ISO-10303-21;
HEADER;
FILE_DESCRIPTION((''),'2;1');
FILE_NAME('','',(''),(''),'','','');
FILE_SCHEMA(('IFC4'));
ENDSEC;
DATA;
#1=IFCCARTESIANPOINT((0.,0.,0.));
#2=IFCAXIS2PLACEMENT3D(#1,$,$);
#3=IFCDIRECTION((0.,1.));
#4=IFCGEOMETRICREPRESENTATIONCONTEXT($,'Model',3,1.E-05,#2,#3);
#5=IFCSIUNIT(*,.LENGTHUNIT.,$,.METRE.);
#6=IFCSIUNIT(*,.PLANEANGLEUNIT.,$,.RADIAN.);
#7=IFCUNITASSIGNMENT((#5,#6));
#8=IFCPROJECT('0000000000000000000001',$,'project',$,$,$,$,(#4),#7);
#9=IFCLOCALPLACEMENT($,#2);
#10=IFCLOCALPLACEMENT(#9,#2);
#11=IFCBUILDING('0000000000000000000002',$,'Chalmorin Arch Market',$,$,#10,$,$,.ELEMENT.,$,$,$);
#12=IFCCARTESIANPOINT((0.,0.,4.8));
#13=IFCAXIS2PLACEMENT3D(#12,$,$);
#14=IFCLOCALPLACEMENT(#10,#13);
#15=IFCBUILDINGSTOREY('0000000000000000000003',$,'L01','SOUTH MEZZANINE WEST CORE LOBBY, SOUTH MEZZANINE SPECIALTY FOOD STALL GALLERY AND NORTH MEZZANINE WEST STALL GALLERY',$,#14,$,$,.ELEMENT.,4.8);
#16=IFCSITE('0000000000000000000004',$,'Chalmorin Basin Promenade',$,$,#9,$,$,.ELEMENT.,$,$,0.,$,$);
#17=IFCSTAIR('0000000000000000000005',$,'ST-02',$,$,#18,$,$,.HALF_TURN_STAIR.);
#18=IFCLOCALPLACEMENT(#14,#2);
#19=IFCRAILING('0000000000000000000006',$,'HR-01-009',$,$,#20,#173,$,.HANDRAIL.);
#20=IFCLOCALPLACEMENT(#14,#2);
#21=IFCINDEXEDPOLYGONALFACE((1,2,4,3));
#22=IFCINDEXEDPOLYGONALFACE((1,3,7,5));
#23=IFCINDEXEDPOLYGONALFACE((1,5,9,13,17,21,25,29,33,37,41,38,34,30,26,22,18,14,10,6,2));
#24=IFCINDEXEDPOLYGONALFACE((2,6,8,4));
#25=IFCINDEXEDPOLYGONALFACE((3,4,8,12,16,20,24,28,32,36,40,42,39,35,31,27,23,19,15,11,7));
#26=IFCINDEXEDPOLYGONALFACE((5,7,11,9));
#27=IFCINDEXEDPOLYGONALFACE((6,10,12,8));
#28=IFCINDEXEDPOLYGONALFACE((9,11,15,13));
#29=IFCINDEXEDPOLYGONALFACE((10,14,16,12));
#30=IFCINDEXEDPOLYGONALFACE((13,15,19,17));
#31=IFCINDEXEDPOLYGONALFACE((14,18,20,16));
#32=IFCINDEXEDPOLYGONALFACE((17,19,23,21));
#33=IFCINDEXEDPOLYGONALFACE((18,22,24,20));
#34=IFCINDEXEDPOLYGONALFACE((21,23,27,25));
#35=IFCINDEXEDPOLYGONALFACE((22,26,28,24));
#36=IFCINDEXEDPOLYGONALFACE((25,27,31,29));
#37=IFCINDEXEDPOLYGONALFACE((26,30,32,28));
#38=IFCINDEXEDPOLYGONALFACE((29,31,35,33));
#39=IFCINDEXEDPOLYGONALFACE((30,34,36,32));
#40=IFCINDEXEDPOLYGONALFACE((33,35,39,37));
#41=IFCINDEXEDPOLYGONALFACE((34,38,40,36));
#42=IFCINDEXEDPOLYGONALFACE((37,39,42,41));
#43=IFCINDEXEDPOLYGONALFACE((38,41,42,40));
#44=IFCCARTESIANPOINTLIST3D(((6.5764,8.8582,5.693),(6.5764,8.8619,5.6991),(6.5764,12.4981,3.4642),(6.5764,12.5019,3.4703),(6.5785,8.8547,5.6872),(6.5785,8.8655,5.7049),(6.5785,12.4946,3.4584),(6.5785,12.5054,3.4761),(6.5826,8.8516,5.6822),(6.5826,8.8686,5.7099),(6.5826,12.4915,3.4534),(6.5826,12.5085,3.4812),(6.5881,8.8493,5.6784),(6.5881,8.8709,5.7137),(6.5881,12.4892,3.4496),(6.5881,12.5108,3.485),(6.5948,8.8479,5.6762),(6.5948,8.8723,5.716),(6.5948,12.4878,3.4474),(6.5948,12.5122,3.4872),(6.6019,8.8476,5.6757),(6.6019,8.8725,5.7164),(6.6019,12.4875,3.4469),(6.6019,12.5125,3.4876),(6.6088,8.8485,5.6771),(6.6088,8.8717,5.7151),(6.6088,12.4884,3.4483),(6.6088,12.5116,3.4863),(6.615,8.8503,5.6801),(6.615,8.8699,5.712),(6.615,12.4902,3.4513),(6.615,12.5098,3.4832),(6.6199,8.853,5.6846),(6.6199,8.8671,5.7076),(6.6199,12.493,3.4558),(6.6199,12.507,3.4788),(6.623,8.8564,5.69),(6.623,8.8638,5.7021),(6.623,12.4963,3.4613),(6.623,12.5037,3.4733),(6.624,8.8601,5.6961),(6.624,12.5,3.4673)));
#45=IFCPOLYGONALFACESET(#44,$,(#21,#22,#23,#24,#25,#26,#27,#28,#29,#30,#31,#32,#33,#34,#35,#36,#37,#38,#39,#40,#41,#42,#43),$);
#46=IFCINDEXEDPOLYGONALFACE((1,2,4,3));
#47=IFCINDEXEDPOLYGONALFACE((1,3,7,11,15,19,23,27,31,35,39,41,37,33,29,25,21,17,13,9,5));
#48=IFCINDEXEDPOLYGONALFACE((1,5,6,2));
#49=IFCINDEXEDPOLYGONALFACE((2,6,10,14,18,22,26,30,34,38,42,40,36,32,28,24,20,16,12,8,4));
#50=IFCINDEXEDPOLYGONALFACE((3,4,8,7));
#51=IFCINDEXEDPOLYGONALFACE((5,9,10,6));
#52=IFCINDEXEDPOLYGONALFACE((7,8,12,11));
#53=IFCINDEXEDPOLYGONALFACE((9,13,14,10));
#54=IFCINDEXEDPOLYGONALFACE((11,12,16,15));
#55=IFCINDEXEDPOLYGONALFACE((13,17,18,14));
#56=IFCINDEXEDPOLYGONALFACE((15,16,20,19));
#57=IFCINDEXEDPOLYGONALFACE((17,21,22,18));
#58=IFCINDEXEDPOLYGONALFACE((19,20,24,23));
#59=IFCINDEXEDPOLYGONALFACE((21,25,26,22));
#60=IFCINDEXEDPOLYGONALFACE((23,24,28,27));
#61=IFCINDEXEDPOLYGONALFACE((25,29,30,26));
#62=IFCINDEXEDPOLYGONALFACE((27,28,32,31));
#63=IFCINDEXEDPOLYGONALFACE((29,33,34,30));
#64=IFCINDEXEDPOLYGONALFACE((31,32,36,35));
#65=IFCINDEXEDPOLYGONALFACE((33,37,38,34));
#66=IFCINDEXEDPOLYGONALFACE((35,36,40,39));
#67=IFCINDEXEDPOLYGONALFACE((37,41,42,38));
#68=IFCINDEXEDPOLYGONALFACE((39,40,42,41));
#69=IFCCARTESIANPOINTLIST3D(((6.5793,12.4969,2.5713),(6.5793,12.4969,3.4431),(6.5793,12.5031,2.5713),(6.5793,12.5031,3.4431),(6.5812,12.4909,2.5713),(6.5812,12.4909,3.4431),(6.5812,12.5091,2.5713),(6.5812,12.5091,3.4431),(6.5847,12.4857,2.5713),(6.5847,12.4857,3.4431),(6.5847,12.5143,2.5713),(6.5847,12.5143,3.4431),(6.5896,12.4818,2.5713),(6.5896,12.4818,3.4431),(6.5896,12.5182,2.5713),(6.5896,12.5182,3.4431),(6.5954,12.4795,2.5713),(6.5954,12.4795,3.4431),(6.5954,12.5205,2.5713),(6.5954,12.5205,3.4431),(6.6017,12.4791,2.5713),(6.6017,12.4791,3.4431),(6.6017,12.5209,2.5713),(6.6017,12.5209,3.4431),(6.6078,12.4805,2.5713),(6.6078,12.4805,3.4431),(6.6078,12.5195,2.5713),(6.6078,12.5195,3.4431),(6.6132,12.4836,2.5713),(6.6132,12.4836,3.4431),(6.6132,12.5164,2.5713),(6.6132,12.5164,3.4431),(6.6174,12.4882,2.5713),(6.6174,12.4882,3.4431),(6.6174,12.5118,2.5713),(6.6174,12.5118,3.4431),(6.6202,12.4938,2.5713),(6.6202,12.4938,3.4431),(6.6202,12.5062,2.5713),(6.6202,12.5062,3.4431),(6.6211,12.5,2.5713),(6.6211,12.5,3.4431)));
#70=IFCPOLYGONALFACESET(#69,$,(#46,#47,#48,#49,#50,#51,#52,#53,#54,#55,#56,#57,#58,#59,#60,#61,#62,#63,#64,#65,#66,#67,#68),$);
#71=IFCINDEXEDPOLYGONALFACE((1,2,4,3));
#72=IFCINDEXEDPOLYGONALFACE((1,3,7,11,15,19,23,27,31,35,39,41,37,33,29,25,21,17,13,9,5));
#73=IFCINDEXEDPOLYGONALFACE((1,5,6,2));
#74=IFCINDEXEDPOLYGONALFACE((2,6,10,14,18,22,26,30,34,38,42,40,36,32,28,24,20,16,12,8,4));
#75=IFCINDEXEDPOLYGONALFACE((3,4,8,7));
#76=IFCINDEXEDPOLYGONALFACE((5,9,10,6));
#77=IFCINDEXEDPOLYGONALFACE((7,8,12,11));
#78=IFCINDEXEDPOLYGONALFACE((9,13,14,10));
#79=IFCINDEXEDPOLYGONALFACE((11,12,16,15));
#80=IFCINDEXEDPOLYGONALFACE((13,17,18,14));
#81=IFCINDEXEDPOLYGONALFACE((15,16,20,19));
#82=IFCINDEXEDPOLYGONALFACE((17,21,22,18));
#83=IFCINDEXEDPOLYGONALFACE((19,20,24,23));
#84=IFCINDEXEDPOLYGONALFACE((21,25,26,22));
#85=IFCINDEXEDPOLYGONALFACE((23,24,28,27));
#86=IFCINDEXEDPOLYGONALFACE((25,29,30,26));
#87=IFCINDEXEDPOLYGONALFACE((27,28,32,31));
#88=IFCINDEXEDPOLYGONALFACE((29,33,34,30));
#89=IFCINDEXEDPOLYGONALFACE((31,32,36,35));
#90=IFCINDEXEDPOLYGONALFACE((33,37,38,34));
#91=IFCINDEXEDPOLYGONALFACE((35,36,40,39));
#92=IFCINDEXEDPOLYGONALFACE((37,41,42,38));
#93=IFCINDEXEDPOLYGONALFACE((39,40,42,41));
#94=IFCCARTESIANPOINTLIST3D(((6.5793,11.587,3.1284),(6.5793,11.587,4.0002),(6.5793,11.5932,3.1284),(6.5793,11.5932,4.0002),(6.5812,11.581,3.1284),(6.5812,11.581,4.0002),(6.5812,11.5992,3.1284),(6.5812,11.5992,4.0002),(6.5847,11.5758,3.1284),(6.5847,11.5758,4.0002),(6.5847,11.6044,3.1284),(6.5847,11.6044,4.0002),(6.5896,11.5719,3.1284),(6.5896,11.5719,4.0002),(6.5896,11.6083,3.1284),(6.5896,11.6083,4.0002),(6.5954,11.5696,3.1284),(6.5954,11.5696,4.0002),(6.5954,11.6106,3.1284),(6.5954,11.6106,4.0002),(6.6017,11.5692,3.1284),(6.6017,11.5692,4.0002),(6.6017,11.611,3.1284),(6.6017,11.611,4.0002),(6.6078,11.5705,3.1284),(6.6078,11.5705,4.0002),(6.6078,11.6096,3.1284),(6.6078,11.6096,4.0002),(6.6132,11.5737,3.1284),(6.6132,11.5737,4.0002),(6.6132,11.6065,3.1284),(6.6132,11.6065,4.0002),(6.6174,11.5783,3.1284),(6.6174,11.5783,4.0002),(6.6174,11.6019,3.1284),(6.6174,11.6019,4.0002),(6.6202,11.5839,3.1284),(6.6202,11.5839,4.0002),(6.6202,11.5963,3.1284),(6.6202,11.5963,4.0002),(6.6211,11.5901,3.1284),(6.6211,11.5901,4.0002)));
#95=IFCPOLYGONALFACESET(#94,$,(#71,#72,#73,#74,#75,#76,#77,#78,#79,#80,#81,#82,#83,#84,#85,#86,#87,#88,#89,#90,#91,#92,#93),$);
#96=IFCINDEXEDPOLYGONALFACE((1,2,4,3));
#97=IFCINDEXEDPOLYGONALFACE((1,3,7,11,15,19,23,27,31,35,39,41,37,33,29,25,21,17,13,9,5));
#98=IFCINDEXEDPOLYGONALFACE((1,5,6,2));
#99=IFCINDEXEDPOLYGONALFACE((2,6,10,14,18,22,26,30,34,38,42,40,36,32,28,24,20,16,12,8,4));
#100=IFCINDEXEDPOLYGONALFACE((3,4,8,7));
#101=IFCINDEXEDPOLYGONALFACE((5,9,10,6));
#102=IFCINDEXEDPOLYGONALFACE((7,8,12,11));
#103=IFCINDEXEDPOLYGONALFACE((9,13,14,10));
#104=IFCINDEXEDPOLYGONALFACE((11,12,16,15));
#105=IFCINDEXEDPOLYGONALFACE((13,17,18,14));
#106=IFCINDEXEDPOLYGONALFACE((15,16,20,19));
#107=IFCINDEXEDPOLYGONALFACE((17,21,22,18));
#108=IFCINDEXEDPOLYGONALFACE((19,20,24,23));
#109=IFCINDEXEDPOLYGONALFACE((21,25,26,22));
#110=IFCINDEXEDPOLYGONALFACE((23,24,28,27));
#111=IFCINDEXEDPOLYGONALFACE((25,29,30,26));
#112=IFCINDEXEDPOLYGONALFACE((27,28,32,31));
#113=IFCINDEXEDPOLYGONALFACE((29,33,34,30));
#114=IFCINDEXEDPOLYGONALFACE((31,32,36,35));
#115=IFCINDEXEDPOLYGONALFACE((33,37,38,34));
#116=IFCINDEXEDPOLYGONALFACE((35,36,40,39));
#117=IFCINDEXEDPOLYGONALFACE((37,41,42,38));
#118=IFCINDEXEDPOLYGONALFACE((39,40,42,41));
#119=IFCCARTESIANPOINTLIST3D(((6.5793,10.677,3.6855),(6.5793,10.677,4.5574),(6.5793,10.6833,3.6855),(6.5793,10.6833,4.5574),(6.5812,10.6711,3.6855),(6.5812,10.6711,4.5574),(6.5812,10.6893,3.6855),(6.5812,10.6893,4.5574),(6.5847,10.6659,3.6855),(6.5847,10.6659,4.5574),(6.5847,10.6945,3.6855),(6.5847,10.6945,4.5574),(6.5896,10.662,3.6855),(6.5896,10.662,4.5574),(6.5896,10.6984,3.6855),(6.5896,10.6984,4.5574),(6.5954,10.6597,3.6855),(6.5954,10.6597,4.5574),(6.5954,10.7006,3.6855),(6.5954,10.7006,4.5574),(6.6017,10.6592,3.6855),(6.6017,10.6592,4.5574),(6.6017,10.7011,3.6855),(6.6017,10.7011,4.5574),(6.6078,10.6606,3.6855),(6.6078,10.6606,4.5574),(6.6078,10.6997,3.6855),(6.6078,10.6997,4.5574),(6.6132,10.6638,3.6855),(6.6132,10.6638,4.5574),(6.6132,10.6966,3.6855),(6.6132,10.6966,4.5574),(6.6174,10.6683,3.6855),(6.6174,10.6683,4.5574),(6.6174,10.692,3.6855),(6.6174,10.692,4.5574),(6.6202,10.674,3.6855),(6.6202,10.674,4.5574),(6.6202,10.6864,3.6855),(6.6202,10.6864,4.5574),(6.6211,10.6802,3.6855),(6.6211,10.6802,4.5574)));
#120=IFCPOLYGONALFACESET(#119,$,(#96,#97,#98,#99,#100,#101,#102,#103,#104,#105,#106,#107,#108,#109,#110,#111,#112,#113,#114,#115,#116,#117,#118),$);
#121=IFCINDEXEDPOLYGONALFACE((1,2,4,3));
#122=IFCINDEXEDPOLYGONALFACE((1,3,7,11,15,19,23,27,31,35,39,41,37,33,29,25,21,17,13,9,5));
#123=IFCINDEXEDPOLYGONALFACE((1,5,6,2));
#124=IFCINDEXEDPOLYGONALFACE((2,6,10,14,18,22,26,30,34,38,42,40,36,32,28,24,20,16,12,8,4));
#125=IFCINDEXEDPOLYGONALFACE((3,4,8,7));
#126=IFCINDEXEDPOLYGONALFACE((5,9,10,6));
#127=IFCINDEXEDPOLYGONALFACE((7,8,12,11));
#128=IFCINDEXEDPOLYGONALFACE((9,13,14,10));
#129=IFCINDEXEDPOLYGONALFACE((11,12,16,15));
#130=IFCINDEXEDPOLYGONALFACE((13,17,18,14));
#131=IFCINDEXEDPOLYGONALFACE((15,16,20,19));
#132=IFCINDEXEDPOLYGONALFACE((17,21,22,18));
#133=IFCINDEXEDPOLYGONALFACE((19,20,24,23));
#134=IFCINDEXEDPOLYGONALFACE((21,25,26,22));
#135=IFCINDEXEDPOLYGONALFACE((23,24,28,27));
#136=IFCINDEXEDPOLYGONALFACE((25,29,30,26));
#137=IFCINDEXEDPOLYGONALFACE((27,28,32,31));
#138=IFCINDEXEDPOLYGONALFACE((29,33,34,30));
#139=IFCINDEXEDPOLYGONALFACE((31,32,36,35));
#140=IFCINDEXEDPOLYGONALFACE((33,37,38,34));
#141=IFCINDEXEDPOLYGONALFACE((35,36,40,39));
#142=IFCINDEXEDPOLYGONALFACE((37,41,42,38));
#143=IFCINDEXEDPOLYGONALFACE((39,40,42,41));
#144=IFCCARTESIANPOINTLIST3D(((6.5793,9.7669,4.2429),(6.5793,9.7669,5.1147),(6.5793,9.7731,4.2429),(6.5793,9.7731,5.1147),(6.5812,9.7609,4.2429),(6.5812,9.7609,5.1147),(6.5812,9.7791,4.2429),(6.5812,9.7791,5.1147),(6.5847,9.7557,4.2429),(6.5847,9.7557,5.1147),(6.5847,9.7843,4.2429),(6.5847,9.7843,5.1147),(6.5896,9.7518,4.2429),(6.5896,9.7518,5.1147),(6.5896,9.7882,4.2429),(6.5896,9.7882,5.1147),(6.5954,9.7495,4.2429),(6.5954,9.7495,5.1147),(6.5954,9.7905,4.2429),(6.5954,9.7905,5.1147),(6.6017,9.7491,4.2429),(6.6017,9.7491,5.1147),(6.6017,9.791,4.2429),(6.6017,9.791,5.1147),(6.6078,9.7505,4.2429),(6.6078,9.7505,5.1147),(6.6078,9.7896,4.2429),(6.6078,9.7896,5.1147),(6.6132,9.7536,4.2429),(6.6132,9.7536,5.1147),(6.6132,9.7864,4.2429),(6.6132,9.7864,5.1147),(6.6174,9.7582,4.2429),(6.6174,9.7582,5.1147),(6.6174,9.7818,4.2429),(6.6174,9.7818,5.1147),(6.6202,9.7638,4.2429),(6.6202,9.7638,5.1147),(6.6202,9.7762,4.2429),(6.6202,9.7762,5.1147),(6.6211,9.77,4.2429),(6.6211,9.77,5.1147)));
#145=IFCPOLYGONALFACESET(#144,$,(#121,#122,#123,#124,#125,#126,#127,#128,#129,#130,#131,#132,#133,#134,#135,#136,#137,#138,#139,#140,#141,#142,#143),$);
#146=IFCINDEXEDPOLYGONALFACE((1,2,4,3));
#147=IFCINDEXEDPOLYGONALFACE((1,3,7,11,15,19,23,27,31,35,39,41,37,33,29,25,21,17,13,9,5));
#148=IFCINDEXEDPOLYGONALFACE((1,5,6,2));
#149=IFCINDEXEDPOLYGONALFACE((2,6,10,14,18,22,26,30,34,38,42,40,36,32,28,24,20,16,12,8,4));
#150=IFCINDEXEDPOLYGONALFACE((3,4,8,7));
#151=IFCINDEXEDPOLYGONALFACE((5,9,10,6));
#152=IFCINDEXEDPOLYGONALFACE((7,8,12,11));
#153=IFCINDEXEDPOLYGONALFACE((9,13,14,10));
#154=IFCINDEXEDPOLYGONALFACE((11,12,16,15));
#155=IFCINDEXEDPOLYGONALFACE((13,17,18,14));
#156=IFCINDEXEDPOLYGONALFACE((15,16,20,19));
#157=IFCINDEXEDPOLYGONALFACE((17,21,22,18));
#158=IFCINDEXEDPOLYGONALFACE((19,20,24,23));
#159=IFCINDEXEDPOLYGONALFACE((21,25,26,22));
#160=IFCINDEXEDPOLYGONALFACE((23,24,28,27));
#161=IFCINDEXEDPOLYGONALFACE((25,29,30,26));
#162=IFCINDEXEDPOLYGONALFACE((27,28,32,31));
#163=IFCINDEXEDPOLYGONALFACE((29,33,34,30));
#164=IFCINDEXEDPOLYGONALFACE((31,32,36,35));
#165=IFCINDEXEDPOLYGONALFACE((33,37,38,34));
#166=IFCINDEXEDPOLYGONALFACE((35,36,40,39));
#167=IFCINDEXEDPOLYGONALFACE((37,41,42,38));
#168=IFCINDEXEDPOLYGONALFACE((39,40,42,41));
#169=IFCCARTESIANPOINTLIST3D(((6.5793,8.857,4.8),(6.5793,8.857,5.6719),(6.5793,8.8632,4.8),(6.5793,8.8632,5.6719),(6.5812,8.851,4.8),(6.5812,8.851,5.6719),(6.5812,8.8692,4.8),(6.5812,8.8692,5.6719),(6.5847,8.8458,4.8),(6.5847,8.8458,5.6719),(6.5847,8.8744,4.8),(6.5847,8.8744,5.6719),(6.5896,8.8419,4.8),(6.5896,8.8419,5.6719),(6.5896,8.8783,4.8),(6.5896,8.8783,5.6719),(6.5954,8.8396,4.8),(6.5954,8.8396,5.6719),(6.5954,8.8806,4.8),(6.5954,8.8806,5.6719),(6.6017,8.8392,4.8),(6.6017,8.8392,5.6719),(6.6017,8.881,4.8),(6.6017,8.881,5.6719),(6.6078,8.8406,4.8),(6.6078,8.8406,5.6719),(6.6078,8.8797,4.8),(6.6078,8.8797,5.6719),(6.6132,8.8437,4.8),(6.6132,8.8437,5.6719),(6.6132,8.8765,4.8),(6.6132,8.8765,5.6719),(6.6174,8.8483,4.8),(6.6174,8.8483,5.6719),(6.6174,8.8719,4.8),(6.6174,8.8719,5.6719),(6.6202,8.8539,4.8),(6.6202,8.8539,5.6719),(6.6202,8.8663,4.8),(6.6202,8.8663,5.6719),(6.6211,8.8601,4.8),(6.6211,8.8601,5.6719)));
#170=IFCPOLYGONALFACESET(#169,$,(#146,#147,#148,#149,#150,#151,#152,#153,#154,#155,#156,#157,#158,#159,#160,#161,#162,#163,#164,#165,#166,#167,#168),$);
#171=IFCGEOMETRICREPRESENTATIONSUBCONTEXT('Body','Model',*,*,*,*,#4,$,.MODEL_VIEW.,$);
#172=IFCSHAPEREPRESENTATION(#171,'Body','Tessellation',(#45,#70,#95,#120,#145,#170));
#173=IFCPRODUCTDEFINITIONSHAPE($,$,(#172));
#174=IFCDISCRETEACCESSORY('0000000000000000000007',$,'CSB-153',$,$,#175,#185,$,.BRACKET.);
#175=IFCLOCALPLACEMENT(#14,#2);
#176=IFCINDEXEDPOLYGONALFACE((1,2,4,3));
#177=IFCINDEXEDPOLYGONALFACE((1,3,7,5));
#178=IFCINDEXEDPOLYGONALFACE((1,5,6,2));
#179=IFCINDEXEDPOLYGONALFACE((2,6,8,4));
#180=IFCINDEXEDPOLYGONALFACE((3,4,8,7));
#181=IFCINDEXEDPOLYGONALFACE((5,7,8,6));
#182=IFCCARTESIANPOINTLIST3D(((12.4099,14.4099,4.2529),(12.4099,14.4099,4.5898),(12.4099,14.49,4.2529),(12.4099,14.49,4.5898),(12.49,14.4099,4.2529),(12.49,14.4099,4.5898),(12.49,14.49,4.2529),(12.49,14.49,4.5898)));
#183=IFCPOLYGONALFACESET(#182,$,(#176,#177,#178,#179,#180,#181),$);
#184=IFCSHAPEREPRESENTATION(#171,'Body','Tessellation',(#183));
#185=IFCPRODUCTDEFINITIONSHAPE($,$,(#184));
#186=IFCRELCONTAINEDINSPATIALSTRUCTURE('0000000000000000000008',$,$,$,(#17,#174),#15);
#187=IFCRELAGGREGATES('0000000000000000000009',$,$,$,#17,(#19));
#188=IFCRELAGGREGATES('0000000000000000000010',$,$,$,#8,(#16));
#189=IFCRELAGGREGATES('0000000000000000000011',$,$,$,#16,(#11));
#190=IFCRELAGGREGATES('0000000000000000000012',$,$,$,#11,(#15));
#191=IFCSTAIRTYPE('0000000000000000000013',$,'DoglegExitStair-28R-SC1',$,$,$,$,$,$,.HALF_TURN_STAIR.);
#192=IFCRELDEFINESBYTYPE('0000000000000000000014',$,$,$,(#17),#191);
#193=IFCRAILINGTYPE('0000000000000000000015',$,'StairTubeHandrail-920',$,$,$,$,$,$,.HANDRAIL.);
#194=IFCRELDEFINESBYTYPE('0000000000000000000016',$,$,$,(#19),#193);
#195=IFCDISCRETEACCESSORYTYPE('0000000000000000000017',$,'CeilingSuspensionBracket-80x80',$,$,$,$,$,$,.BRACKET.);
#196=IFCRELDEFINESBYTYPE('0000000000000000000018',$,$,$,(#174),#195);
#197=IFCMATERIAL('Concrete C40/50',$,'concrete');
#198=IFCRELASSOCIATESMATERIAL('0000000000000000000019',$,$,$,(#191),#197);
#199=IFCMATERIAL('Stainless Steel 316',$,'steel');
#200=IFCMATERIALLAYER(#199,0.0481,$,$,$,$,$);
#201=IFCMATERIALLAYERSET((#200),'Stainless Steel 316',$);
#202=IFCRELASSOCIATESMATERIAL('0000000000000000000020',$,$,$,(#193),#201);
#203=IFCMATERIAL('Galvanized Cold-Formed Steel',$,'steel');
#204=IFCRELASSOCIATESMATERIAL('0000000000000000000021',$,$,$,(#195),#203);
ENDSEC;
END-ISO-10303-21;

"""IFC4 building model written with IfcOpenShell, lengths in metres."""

from ifc_helpers import new_model, si_unit, direction, frame, origin, origin_2d, place, context, subcontext, project, spatial, rectangle, circle, extrude, material, layer, layer_set, type_object, element, aggregate, save


model = new_model("IFC4")

# Units and contexts
model_context = context("Model", 3, precision=1e-05, world=origin(), true_north=direction((0.0, 1.0)))
body_context = subcontext(model_context, "Body", "Model", "MODEL_VIEW")
ifc_project = project(units=[si_unit("LENGTHUNIT", "METRE"), si_unit("PLANEANGLEUNIT", "RADIAN")], contexts=[model_context])

# Site, building, storey
site_placement = place(None, origin())
site = spatial("IfcSite", under=ifc_project, at=site_placement, Name="Chalmorin Basin Promenade", CompositionType="ELEMENT", RefElevation=0.0)
building_placement = place(site_placement, origin())
building = spatial("IfcBuilding", under=site, at=building_placement, Name="Chalmorin Arch Market", CompositionType="ELEMENT")
storey_placement = place(building_placement, frame((0.0, 0.0, 4.8)))
storey = spatial("IfcBuildingStorey", under=building, at=storey_placement, Name="L01", Description="SOUTH MEZZANINE WEST CORE LOBBY, SOUTH MEZZANINE SPECIALTY FOOD STALL GALLERY AND NORTH MEZZANINE WEST STALL GALLERY", CompositionType="ELEMENT", Elevation=4.8)

# Shared definitions
ifc_material_1 = material(Name="Concrete C40/50", Category="concrete")

# Shared definitions
ifc_material_2 = material(Name="Stainless Steel 316", Category="steel")

# Stair, railing
stair_type = type_object("IfcStairType", Name="DoglegExitStair-28R-SC1", PredefinedType="HALF_TURN_STAIR", material=ifc_material_1)
stair_placement = place(storey_placement, origin())
stair = element("IfcStair", 1, at=stair_placement, inside=storey, type_object=stair_type, Name="ST-02", PredefinedType="HALF_TURN_STAIR")
ifc_layer_1 = layer(ifc_material_2, 0.0481)
ifc_layer_set_1 = layer_set([ifc_layer_1], Name="Stainless Steel 316")
railing_type = type_object("IfcRailingType", Name="StairTubeHandrail-920", PredefinedType="HANDRAIL", material=ifc_layer_set_1)
railing_placement = place(storey_placement, frame((6.6001, 12.5, 2.5713)))
railing = element("IfcRailing", 2, at=railing_placement, type_object=railing_type, Name="HR-01-009", PredefinedType="HANDRAIL", context=body_context, shape_type="SweptSolid", body=[
    extrude(circle(Radius=0.0239, at=origin_2d()), frame((0.0, 0.0, 0.896), z_axis=(0.0, -0.852825, 0.522197), x_axis=(1.0, 0.0, 0.0)), (0.0, 0.0, 1.0), 4.2681),
    extrude(circle(Radius=0.021, at=origin_2d()), origin(), (0.0, 0.0, 1.0), 0.8718),
    extrude(circle(Radius=0.021, at=origin_2d()), frame((0.0, -0.9099, 0.5571)), (0.0, 0.0, 1.0), 0.8718),
    extrude(circle(Radius=0.021, at=origin_2d()), frame((0.0, -1.8198, 1.1143)), (0.0, 0.0, 1.0), 0.8718),
    extrude(circle(Radius=0.021, at=origin_2d()), frame((0.0, -2.73, 1.6716)), (0.0, 0.0, 1.0), 0.8718),
    extrude(circle(Radius=0.021, at=origin_2d()), frame((0.0, -3.6399, 2.2288)), (0.0, 0.0, 1.0), 0.8718),
])
aggregate(stair, [railing])

# Discrete accessory
ifc_material_3 = material(Name="Galvanized Cold-Formed Steel", Category="steel")
discrete_accessory_type = type_object("IfcDiscreteAccessoryType", Name="CeilingSuspensionBracket-80x80", PredefinedType="BRACKET", material=ifc_material_3)
discrete_accessory_placement = place(storey_placement, frame((12.45, 14.45, 4.2529), z_axis=(0.0, 0.0, 1.0), x_axis=(1.0, 0.0, 0.0)))
element("IfcDiscreteAccessory", 3, at=discrete_accessory_placement, inside=storey, type_object=discrete_accessory_type, Name="CSB-153", PredefinedType="BRACKET", context=body_context, shape_type="SweptSolid", body=[
    extrude(rectangle(XDim=0.0801, YDim=0.0801, at=origin_2d()), origin(), (0.0, 0.0, 1.0), 0.3369),
])

save(model, "model.ifc")
